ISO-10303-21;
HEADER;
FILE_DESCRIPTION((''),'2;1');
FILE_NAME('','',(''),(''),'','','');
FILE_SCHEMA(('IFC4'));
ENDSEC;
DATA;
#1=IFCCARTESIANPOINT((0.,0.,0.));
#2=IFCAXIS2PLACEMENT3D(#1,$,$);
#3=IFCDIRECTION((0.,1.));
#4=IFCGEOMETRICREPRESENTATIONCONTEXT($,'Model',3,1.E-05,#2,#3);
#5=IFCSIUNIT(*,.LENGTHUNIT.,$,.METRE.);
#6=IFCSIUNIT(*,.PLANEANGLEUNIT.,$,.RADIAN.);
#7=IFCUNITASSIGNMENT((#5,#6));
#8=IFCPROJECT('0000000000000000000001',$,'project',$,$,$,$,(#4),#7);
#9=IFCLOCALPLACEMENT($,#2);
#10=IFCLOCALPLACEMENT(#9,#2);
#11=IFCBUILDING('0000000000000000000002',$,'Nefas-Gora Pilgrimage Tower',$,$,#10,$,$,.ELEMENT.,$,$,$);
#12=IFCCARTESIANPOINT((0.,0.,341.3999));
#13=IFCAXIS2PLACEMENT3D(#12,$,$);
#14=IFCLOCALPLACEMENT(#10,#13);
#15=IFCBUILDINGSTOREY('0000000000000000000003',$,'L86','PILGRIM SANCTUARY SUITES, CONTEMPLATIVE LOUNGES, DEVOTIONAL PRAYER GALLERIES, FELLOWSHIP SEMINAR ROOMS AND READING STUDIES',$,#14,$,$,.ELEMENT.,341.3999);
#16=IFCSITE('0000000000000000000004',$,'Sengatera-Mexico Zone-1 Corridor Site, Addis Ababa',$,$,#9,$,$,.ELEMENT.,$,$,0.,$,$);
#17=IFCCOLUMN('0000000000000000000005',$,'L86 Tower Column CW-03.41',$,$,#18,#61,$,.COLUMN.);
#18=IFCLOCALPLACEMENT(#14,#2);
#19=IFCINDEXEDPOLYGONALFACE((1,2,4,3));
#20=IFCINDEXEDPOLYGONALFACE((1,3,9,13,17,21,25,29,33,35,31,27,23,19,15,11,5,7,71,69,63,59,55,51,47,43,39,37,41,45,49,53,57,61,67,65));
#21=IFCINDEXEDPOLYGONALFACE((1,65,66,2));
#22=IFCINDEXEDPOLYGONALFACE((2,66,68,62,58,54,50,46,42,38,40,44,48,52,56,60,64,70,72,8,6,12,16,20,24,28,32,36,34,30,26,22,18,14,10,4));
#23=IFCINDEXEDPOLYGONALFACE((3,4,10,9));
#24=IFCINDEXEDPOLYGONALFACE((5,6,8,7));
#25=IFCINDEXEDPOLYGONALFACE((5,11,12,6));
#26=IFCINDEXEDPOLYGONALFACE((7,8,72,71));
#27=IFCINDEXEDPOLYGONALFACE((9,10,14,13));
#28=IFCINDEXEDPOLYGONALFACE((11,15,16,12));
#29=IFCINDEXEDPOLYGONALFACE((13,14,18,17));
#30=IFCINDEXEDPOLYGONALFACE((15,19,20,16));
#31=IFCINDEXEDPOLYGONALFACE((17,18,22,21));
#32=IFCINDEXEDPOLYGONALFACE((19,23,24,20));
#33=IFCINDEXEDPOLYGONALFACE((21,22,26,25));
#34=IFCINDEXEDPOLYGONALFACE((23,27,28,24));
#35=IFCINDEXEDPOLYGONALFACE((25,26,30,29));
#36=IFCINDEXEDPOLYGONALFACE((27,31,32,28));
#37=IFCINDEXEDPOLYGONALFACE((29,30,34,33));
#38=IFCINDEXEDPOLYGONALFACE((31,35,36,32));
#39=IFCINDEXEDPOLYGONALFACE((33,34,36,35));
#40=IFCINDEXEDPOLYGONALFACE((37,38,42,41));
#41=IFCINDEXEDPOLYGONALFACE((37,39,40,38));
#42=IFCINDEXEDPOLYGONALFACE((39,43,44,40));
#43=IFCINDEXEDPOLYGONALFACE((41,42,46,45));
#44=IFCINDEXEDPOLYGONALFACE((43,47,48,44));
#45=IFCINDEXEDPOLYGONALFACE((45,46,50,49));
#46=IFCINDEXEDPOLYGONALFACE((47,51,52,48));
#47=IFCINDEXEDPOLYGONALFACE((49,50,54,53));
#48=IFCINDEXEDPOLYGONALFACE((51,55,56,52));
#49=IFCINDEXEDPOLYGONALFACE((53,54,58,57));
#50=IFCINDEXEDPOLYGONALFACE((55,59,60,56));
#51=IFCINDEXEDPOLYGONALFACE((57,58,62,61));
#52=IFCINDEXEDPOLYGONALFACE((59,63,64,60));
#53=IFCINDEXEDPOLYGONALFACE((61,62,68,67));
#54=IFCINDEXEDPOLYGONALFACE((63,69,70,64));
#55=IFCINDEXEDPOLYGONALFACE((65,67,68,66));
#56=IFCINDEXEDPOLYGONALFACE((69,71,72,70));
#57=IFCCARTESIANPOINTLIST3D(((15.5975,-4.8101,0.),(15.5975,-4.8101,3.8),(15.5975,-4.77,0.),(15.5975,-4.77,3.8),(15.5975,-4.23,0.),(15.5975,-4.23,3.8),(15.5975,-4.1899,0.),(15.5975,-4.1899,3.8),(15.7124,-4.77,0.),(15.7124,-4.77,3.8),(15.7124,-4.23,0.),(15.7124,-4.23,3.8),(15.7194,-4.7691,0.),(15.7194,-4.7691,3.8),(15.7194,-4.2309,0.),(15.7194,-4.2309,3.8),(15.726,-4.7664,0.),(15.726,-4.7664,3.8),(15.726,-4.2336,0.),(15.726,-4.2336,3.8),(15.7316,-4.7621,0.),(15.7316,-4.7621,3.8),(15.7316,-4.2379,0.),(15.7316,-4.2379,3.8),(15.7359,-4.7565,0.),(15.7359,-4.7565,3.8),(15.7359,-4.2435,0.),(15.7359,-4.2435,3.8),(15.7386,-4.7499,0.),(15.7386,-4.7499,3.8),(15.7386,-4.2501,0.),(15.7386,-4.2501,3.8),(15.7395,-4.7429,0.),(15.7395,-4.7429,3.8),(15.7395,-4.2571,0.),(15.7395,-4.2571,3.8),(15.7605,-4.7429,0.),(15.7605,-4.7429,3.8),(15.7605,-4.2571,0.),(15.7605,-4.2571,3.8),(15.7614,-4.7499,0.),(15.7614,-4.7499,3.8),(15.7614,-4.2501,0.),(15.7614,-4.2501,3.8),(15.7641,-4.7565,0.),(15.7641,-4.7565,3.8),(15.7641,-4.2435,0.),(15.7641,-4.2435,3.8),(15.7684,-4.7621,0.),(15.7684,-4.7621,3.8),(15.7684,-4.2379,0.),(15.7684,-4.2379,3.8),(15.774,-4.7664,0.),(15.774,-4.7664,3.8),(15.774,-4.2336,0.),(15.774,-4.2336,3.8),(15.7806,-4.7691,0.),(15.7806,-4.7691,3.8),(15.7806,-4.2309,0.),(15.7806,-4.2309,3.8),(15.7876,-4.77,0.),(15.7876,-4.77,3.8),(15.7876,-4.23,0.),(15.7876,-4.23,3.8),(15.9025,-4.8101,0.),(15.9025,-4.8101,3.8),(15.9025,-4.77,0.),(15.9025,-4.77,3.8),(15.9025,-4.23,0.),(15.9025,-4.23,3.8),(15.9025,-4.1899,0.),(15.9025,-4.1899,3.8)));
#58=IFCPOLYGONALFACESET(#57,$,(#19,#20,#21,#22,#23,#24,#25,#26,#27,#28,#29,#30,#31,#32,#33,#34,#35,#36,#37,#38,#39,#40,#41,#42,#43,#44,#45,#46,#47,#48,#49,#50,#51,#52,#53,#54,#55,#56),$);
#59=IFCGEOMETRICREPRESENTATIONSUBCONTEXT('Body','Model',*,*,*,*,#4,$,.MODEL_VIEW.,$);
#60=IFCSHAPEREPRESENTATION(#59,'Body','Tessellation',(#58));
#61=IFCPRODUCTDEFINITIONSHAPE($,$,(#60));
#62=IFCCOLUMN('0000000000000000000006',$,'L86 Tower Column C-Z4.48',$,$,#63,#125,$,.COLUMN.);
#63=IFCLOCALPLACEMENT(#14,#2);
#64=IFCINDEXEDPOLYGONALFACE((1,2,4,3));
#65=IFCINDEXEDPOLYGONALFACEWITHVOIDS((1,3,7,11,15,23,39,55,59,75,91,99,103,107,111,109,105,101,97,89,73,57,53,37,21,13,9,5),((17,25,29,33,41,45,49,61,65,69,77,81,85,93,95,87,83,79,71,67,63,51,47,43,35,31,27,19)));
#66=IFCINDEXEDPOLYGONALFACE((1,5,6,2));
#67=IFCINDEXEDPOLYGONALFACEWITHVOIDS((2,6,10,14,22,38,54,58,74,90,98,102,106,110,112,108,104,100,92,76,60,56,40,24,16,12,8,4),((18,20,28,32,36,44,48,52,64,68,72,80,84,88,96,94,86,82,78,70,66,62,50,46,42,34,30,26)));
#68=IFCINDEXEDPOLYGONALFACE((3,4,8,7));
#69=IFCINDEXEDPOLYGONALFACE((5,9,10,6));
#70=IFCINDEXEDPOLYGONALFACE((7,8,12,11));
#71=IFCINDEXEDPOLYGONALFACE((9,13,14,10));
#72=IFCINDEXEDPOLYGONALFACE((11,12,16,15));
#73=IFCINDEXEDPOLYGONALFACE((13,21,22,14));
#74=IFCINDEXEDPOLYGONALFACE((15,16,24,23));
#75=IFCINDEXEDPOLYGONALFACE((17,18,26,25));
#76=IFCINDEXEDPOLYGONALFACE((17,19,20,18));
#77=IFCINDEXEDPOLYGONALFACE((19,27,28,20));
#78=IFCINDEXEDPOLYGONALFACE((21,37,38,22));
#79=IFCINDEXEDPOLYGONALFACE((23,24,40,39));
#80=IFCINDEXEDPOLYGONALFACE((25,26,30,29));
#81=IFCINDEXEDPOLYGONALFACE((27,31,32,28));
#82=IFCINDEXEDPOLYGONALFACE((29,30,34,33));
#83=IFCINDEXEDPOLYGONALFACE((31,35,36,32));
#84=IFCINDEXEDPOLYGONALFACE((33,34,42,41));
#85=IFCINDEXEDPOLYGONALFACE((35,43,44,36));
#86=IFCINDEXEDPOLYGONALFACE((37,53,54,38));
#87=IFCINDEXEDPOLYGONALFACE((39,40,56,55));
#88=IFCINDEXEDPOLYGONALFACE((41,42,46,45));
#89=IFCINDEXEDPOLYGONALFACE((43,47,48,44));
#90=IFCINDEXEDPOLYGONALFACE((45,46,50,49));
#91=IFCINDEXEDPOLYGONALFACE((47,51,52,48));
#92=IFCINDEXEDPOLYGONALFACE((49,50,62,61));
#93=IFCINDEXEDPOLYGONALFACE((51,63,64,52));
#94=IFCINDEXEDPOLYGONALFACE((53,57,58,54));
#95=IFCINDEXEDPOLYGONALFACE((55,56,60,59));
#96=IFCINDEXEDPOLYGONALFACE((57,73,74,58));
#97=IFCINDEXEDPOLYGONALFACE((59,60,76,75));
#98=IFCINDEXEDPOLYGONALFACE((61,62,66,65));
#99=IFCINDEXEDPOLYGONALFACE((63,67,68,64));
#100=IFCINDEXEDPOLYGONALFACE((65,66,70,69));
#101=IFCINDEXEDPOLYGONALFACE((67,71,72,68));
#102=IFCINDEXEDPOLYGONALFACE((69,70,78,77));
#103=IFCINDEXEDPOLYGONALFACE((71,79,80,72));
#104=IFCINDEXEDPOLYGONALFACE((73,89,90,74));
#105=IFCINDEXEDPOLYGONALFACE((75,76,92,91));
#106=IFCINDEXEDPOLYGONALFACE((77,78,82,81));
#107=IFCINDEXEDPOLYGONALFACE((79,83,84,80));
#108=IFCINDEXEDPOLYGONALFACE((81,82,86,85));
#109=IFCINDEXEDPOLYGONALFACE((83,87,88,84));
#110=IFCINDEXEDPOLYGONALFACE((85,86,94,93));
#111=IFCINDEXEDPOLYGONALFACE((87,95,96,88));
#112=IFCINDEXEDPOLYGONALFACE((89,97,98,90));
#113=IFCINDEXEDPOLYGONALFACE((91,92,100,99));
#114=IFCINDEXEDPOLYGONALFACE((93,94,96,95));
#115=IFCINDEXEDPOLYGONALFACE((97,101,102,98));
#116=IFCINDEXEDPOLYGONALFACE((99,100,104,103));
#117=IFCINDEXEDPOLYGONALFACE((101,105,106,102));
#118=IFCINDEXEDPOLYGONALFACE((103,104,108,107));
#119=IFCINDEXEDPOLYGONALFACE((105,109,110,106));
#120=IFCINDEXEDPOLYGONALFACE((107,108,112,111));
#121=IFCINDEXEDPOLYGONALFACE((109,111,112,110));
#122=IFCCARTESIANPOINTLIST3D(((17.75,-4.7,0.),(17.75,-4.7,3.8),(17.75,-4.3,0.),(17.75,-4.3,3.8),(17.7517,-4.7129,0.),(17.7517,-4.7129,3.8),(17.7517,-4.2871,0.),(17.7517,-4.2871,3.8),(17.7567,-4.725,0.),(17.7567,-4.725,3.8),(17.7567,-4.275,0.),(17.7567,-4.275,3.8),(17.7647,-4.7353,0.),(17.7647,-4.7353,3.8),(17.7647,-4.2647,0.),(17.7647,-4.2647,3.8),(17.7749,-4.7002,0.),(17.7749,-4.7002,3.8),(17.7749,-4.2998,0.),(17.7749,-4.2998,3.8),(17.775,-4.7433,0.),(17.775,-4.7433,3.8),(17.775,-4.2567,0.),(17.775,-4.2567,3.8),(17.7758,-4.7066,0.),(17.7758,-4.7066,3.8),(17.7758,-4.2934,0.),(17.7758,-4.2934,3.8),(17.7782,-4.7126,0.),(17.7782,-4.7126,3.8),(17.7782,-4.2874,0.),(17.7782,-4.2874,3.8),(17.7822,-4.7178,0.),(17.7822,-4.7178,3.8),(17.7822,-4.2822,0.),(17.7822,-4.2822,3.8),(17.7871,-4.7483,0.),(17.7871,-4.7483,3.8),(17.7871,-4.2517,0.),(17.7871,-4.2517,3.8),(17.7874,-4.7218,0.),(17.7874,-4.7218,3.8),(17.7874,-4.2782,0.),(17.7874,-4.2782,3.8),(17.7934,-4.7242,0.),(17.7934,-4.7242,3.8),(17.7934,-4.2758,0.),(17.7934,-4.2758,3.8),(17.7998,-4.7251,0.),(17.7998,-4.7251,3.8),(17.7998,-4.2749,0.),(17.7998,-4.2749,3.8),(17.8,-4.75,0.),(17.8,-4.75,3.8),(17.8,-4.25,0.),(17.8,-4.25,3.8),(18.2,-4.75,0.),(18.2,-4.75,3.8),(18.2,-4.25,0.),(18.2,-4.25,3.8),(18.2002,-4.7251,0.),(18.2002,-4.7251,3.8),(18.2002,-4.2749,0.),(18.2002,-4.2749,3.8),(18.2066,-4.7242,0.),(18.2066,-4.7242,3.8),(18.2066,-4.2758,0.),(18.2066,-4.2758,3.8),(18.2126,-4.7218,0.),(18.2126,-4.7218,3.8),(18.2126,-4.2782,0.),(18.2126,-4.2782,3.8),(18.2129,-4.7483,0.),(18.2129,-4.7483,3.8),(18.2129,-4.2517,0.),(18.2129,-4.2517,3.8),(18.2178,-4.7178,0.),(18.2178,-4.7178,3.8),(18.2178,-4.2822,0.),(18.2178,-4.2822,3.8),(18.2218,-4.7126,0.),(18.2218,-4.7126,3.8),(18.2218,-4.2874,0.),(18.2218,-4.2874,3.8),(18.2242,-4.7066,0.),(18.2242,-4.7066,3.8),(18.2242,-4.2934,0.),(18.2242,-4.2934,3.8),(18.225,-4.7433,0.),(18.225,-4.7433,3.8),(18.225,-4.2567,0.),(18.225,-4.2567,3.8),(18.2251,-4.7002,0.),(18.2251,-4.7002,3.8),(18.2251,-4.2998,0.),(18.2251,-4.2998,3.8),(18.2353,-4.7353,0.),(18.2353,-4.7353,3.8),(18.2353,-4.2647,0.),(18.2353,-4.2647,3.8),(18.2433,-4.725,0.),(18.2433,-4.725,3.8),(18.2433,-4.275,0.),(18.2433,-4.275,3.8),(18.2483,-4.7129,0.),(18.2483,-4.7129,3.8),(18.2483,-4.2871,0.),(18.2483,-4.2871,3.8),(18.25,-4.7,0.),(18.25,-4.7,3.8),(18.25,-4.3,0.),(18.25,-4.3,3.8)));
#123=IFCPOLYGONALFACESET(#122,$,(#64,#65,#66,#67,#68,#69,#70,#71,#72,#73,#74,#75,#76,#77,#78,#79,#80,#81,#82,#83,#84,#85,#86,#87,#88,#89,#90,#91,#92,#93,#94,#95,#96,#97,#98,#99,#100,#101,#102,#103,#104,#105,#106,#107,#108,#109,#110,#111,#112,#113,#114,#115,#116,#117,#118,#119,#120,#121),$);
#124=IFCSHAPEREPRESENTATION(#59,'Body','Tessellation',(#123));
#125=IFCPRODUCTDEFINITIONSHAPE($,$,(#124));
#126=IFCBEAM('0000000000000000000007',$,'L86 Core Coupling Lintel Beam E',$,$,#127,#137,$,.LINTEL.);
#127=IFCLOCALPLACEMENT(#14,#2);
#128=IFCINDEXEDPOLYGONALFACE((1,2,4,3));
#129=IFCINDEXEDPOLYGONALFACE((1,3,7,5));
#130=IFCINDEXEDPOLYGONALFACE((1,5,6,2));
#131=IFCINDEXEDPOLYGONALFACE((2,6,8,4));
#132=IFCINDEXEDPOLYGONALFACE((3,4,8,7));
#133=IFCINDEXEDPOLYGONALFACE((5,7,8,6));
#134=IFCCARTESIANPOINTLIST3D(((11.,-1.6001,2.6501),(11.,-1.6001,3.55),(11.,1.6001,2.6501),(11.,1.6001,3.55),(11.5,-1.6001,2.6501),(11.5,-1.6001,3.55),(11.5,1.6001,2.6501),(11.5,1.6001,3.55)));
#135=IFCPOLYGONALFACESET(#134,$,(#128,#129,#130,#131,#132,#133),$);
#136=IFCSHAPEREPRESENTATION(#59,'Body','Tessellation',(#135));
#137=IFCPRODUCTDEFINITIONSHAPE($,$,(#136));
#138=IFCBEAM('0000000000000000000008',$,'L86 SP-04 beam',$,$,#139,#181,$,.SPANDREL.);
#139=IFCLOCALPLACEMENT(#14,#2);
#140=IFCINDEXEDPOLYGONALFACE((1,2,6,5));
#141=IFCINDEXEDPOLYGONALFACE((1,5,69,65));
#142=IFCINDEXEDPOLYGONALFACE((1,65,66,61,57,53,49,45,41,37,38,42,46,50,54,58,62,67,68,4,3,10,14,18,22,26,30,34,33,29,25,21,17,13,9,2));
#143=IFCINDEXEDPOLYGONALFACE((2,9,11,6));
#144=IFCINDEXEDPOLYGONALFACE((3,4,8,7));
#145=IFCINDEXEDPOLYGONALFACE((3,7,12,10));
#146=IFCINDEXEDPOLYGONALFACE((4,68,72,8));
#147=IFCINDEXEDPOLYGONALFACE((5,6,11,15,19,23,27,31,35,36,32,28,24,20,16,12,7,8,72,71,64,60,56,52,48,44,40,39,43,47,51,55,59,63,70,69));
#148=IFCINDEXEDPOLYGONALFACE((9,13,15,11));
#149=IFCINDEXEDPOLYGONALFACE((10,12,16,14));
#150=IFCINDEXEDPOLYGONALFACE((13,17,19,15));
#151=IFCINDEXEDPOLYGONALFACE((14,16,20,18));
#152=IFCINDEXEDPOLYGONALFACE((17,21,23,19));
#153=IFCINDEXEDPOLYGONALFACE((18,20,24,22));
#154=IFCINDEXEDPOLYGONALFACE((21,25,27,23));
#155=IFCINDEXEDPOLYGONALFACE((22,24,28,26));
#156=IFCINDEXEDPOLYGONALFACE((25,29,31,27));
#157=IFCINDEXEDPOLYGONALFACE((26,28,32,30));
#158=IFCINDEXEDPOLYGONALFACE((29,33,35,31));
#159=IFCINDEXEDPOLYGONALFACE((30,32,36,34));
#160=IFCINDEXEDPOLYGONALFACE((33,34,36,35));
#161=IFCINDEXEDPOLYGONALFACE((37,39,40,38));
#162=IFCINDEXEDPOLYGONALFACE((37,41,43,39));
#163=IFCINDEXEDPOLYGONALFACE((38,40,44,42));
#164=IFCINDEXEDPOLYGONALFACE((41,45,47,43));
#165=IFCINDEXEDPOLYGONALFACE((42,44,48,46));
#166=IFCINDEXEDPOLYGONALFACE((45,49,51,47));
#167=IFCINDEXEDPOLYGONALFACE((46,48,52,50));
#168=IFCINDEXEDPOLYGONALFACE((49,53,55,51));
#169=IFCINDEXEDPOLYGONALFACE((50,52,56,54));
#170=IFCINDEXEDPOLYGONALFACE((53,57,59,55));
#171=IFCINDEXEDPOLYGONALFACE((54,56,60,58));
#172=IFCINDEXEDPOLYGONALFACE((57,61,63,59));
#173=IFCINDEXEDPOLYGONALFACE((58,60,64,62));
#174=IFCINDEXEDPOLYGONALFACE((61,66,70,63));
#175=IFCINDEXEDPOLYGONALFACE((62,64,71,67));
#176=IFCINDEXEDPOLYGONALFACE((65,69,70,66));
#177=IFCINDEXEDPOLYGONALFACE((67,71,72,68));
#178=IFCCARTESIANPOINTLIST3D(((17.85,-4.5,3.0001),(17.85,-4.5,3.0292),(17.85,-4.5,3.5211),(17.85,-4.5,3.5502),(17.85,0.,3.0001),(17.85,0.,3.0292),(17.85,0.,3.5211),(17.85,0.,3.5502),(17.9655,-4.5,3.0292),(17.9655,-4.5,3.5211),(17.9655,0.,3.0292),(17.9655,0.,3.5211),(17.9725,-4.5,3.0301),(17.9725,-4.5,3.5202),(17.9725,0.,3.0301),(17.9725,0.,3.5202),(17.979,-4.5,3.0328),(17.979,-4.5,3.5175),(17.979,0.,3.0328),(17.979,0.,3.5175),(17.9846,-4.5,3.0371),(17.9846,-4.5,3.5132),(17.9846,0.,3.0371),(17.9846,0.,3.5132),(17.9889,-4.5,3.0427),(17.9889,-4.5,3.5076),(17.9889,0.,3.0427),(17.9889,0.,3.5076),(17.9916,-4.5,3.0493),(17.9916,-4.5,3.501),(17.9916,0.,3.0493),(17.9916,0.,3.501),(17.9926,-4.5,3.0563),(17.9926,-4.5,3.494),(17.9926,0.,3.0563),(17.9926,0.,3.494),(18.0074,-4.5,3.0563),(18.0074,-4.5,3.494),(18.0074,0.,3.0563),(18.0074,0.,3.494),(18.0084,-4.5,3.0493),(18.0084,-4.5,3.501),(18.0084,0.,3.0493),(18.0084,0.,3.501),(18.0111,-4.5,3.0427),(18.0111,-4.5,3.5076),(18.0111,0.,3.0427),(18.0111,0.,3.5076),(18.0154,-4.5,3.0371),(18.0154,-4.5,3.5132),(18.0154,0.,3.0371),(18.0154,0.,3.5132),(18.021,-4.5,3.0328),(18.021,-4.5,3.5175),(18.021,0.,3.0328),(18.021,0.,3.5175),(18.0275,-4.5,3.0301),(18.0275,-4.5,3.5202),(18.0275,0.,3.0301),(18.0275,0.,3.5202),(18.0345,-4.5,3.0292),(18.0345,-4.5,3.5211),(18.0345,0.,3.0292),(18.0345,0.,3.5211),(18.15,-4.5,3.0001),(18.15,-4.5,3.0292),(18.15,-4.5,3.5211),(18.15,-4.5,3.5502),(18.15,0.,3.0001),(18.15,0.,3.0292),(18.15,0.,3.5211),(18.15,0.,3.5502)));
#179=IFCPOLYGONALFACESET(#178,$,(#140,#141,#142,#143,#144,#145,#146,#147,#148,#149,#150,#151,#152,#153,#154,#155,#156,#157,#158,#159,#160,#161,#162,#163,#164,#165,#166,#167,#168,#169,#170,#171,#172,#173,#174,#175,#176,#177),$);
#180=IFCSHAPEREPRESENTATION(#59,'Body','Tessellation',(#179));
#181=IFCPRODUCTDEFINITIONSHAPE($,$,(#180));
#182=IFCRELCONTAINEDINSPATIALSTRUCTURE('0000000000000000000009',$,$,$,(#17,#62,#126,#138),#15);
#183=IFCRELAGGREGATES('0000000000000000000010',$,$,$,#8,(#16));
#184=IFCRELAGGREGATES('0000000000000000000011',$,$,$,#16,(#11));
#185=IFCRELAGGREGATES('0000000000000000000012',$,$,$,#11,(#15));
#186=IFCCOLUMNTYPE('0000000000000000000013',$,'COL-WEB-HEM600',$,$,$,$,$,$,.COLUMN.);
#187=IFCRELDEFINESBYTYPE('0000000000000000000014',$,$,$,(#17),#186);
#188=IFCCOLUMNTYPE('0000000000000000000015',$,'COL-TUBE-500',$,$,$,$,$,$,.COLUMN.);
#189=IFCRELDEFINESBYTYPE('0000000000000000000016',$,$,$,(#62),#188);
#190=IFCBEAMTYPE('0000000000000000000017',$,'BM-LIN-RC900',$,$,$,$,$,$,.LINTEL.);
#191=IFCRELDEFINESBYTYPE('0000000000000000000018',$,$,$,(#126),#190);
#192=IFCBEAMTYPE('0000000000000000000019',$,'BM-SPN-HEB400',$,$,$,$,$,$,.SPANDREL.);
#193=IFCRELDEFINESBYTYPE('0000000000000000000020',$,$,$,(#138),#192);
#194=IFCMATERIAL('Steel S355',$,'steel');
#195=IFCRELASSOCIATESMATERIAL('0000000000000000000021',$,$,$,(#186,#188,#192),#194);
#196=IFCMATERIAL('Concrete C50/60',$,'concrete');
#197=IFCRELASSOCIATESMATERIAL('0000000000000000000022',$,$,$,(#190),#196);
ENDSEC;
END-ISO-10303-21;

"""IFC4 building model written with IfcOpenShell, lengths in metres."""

from ifc_helpers import new_model, si_unit, direction, frame, origin, origin_2d, place, context, subcontext, project, spatial, rectangle, hollow_rectangle, i_section, extrude, source, transform, mapped, material, material_profile, profile_set, type_object, element, save


model = new_model("IFC4")

# Units and contexts
model_context = context("Model", 3, precision=1e-05, world=origin(), true_north=direction((0.0, 1.0)))
body_context = subcontext(model_context, "Body", "Model", "MODEL_VIEW")
ifc_project = project(units=[si_unit("LENGTHUNIT", "METRE"), si_unit("PLANEANGLEUNIT", "RADIAN")], contexts=[model_context])

# Site, building, storey
site_placement = place(None, origin())
site = spatial("IfcSite", under=ifc_project, at=site_placement, Name="Sengatera-Mexico Zone-1 Corridor Site, Addis Ababa", CompositionType="ELEMENT", RefElevation=0.0)
building_placement = place(site_placement, origin())
building = spatial("IfcBuilding", under=site, at=building_placement, Name="Nefas-Gora Pilgrimage Tower", CompositionType="ELEMENT")
storey_placement = place(building_placement, frame((0.0, 0.0, 341.3999)))
storey = spatial("IfcBuildingStorey", under=building, at=storey_placement, Name="L86", Description="PILGRIM SANCTUARY SUITES, CONTEMPLATIVE LOUNGES, DEVOTIONAL PRAYER GALLERIES, FELLOWSHIP SEMINAR ROOMS AND READING STUDIES", CompositionType="ELEMENT", Elevation=341.3999)

# Columns
ifc_material_1 = material(Name="Steel S355", Category="steel")
ifc_material_profile_1 = material_profile(ifc_material_1, i_section(OverallWidth=0.3049, OverallDepth=0.6201, WebThickness=0.021, FlangeThickness=0.04, FilletRadius=0.0271, at=origin_2d()), Name="HEM 600")
ifc_profile_set_1 = profile_set([ifc_material_profile_1], Name="Steel S355")
column_type_1 = type_object("IfcColumnType", Name="COL-WEB-HEM600", PredefinedType="COLUMN", material=ifc_profile_set_1)
shared_shape_1 = source(origin(), body_context, "Body", "SweptSolid", [
    extrude(i_section(OverallWidth=0.3049, OverallDepth=0.6201, WebThickness=0.021, FlangeThickness=0.04, FilletRadius=0.0271, at=origin_2d()), origin(), (0.0, 0.0, 1.0), 3.8),
])
column_1_placement = place(storey_placement, frame((15.75, -4.5, 0.0), z_axis=(0.0, 0.0, 1.0), x_axis=(1.0, 0.0, 0.0)))
element("IfcColumn", 1, at=column_1_placement, inside=storey, type_object=column_type_1, Name="L86 Tower Column CW-03.41", PredefinedType="COLUMN", context=body_context, shape_type="MappedRepresentation", body=[
    mapped(shared_shape_1, transform((0.0, 0.0, 0.0), x_axis=(1.0, 0.0, 0.0), y_axis=(0.0, 1.0, 0.0), z_axis=(0.0, 0.0, 1.0), scale=1.0)),
])
ifc_material_profile_2 = material_profile(ifc_material_1, hollow_rectangle(XDim=0.5, YDim=0.5, WallThickness=0.0249, InnerFilletRadius=0.0249, OuterFilletRadius=0.05, at=origin_2d()), Name="SHS 500x500x25")
ifc_profile_set_2 = profile_set([ifc_material_profile_2], Name="Steel S355")
column_type_2 = type_object("IfcColumnType", Name="COL-TUBE-500", PredefinedType="COLUMN", material=ifc_profile_set_2)
shared_shape_2 = source(origin(), body_context, "Body", "SweptSolid", [
    extrude(hollow_rectangle(XDim=0.5, YDim=0.5, WallThickness=0.0249, InnerFilletRadius=0.0249, OuterFilletRadius=0.05, at=origin_2d()), origin(), (0.0, 0.0, 1.0), 3.8),
])
column_2_placement = place(storey_placement, frame((18.0, -4.5, 0.0), z_axis=(0.0, 0.0, 1.0), x_axis=(1.0, 0.0, 0.0)))
element("IfcColumn", 2, at=column_2_placement, inside=storey, type_object=column_type_2, Name="L86 Tower Column C-Z4.48", PredefinedType="COLUMN", context=body_context, shape_type="MappedRepresentation", body=[
    mapped(shared_shape_2, transform((0.0, 0.0, 0.0), x_axis=(1.0, 0.0, 0.0), y_axis=(0.0, 1.0, 0.0), z_axis=(0.0, 0.0, 1.0), scale=1.0)),
])

# Beams
ifc_material_2 = material(Name="Concrete C50/60", Category="concrete")
ifc_material_profile_3 = material_profile(ifc_material_2, rectangle(XDim=0.5, YDim=0.8999, at=origin_2d()), Name="RC 500x900")
ifc_profile_set_3 = profile_set([ifc_material_profile_3], Name="Concrete C50/60")
beam_type_1 = type_object("IfcBeamType", Name="BM-LIN-RC900", PredefinedType="LINTEL", material=ifc_profile_set_3)
shared_shape_3 = source(origin(), body_context, "Body", "SweptSolid", [
    extrude(rectangle(XDim=0.5, YDim=0.8999, at=origin_2d()), origin(), (0.0, 0.0, 1.0), 3.2002),
])
beam_1_placement = place(storey_placement, frame((11.25, -1.6001, 3.1001), z_axis=(0.0, 1.0, 0.0), x_axis=(-1.0, 0.0, 0.0)))
element("IfcBeam", 3, at=beam_1_placement, inside=storey, type_object=beam_type_1, Name="L86 Core Coupling Lintel Beam E", PredefinedType="LINTEL", context=body_context, shape_type="MappedRepresentation", body=[
    mapped(shared_shape_3, transform((0.0, 0.0, 0.0), x_axis=(1.0, 0.0, 0.0), y_axis=(0.0, 1.0, 0.0), z_axis=(0.0, 0.0, 1.0), scale=1.0)),
])
ifc_material_profile_4 = material_profile(ifc_material_1, i_section(OverallWidth=0.3, OverallDepth=0.55, WebThickness=0.0149, FlangeThickness=0.0291, FilletRadius=0.0271, at=origin_2d()), Name="HEB 550")
ifc_profile_set_4 = profile_set([ifc_material_profile_4], Name="Steel S355")
beam_type_2 = type_object("IfcBeamType", Name="BM-SPN-HEB400", PredefinedType="SPANDREL", material=ifc_profile_set_4)
shared_shape_4 = source(origin(), body_context, "Body", "SweptSolid", [
    extrude(i_section(OverallWidth=0.3, OverallDepth=0.55, WebThickness=0.0149, FlangeThickness=0.0291, FilletRadius=0.0271, at=origin_2d()), origin(), (0.0, 0.0, 1.0), 4.5),
])
beam_2_placement = place(storey_placement, frame((18.0, -4.5, 3.2751), z_axis=(0.0, 1.0, 0.0), x_axis=(-1.0, 0.0, 0.0)))
element("IfcBeam", 4, at=beam_2_placement, inside=storey, type_object=beam_type_2, Name="L86 SP-04 beam", PredefinedType="SPANDREL", context=body_context, shape_type="MappedRepresentation", body=[
    mapped(shared_shape_4, transform((0.0, 0.0, 0.0), x_axis=(1.0, 0.0, 0.0), y_axis=(0.0, 1.0, 0.0), z_axis=(0.0, 0.0, 1.0), scale=1.0)),
])

save(model, "model.ifc")
